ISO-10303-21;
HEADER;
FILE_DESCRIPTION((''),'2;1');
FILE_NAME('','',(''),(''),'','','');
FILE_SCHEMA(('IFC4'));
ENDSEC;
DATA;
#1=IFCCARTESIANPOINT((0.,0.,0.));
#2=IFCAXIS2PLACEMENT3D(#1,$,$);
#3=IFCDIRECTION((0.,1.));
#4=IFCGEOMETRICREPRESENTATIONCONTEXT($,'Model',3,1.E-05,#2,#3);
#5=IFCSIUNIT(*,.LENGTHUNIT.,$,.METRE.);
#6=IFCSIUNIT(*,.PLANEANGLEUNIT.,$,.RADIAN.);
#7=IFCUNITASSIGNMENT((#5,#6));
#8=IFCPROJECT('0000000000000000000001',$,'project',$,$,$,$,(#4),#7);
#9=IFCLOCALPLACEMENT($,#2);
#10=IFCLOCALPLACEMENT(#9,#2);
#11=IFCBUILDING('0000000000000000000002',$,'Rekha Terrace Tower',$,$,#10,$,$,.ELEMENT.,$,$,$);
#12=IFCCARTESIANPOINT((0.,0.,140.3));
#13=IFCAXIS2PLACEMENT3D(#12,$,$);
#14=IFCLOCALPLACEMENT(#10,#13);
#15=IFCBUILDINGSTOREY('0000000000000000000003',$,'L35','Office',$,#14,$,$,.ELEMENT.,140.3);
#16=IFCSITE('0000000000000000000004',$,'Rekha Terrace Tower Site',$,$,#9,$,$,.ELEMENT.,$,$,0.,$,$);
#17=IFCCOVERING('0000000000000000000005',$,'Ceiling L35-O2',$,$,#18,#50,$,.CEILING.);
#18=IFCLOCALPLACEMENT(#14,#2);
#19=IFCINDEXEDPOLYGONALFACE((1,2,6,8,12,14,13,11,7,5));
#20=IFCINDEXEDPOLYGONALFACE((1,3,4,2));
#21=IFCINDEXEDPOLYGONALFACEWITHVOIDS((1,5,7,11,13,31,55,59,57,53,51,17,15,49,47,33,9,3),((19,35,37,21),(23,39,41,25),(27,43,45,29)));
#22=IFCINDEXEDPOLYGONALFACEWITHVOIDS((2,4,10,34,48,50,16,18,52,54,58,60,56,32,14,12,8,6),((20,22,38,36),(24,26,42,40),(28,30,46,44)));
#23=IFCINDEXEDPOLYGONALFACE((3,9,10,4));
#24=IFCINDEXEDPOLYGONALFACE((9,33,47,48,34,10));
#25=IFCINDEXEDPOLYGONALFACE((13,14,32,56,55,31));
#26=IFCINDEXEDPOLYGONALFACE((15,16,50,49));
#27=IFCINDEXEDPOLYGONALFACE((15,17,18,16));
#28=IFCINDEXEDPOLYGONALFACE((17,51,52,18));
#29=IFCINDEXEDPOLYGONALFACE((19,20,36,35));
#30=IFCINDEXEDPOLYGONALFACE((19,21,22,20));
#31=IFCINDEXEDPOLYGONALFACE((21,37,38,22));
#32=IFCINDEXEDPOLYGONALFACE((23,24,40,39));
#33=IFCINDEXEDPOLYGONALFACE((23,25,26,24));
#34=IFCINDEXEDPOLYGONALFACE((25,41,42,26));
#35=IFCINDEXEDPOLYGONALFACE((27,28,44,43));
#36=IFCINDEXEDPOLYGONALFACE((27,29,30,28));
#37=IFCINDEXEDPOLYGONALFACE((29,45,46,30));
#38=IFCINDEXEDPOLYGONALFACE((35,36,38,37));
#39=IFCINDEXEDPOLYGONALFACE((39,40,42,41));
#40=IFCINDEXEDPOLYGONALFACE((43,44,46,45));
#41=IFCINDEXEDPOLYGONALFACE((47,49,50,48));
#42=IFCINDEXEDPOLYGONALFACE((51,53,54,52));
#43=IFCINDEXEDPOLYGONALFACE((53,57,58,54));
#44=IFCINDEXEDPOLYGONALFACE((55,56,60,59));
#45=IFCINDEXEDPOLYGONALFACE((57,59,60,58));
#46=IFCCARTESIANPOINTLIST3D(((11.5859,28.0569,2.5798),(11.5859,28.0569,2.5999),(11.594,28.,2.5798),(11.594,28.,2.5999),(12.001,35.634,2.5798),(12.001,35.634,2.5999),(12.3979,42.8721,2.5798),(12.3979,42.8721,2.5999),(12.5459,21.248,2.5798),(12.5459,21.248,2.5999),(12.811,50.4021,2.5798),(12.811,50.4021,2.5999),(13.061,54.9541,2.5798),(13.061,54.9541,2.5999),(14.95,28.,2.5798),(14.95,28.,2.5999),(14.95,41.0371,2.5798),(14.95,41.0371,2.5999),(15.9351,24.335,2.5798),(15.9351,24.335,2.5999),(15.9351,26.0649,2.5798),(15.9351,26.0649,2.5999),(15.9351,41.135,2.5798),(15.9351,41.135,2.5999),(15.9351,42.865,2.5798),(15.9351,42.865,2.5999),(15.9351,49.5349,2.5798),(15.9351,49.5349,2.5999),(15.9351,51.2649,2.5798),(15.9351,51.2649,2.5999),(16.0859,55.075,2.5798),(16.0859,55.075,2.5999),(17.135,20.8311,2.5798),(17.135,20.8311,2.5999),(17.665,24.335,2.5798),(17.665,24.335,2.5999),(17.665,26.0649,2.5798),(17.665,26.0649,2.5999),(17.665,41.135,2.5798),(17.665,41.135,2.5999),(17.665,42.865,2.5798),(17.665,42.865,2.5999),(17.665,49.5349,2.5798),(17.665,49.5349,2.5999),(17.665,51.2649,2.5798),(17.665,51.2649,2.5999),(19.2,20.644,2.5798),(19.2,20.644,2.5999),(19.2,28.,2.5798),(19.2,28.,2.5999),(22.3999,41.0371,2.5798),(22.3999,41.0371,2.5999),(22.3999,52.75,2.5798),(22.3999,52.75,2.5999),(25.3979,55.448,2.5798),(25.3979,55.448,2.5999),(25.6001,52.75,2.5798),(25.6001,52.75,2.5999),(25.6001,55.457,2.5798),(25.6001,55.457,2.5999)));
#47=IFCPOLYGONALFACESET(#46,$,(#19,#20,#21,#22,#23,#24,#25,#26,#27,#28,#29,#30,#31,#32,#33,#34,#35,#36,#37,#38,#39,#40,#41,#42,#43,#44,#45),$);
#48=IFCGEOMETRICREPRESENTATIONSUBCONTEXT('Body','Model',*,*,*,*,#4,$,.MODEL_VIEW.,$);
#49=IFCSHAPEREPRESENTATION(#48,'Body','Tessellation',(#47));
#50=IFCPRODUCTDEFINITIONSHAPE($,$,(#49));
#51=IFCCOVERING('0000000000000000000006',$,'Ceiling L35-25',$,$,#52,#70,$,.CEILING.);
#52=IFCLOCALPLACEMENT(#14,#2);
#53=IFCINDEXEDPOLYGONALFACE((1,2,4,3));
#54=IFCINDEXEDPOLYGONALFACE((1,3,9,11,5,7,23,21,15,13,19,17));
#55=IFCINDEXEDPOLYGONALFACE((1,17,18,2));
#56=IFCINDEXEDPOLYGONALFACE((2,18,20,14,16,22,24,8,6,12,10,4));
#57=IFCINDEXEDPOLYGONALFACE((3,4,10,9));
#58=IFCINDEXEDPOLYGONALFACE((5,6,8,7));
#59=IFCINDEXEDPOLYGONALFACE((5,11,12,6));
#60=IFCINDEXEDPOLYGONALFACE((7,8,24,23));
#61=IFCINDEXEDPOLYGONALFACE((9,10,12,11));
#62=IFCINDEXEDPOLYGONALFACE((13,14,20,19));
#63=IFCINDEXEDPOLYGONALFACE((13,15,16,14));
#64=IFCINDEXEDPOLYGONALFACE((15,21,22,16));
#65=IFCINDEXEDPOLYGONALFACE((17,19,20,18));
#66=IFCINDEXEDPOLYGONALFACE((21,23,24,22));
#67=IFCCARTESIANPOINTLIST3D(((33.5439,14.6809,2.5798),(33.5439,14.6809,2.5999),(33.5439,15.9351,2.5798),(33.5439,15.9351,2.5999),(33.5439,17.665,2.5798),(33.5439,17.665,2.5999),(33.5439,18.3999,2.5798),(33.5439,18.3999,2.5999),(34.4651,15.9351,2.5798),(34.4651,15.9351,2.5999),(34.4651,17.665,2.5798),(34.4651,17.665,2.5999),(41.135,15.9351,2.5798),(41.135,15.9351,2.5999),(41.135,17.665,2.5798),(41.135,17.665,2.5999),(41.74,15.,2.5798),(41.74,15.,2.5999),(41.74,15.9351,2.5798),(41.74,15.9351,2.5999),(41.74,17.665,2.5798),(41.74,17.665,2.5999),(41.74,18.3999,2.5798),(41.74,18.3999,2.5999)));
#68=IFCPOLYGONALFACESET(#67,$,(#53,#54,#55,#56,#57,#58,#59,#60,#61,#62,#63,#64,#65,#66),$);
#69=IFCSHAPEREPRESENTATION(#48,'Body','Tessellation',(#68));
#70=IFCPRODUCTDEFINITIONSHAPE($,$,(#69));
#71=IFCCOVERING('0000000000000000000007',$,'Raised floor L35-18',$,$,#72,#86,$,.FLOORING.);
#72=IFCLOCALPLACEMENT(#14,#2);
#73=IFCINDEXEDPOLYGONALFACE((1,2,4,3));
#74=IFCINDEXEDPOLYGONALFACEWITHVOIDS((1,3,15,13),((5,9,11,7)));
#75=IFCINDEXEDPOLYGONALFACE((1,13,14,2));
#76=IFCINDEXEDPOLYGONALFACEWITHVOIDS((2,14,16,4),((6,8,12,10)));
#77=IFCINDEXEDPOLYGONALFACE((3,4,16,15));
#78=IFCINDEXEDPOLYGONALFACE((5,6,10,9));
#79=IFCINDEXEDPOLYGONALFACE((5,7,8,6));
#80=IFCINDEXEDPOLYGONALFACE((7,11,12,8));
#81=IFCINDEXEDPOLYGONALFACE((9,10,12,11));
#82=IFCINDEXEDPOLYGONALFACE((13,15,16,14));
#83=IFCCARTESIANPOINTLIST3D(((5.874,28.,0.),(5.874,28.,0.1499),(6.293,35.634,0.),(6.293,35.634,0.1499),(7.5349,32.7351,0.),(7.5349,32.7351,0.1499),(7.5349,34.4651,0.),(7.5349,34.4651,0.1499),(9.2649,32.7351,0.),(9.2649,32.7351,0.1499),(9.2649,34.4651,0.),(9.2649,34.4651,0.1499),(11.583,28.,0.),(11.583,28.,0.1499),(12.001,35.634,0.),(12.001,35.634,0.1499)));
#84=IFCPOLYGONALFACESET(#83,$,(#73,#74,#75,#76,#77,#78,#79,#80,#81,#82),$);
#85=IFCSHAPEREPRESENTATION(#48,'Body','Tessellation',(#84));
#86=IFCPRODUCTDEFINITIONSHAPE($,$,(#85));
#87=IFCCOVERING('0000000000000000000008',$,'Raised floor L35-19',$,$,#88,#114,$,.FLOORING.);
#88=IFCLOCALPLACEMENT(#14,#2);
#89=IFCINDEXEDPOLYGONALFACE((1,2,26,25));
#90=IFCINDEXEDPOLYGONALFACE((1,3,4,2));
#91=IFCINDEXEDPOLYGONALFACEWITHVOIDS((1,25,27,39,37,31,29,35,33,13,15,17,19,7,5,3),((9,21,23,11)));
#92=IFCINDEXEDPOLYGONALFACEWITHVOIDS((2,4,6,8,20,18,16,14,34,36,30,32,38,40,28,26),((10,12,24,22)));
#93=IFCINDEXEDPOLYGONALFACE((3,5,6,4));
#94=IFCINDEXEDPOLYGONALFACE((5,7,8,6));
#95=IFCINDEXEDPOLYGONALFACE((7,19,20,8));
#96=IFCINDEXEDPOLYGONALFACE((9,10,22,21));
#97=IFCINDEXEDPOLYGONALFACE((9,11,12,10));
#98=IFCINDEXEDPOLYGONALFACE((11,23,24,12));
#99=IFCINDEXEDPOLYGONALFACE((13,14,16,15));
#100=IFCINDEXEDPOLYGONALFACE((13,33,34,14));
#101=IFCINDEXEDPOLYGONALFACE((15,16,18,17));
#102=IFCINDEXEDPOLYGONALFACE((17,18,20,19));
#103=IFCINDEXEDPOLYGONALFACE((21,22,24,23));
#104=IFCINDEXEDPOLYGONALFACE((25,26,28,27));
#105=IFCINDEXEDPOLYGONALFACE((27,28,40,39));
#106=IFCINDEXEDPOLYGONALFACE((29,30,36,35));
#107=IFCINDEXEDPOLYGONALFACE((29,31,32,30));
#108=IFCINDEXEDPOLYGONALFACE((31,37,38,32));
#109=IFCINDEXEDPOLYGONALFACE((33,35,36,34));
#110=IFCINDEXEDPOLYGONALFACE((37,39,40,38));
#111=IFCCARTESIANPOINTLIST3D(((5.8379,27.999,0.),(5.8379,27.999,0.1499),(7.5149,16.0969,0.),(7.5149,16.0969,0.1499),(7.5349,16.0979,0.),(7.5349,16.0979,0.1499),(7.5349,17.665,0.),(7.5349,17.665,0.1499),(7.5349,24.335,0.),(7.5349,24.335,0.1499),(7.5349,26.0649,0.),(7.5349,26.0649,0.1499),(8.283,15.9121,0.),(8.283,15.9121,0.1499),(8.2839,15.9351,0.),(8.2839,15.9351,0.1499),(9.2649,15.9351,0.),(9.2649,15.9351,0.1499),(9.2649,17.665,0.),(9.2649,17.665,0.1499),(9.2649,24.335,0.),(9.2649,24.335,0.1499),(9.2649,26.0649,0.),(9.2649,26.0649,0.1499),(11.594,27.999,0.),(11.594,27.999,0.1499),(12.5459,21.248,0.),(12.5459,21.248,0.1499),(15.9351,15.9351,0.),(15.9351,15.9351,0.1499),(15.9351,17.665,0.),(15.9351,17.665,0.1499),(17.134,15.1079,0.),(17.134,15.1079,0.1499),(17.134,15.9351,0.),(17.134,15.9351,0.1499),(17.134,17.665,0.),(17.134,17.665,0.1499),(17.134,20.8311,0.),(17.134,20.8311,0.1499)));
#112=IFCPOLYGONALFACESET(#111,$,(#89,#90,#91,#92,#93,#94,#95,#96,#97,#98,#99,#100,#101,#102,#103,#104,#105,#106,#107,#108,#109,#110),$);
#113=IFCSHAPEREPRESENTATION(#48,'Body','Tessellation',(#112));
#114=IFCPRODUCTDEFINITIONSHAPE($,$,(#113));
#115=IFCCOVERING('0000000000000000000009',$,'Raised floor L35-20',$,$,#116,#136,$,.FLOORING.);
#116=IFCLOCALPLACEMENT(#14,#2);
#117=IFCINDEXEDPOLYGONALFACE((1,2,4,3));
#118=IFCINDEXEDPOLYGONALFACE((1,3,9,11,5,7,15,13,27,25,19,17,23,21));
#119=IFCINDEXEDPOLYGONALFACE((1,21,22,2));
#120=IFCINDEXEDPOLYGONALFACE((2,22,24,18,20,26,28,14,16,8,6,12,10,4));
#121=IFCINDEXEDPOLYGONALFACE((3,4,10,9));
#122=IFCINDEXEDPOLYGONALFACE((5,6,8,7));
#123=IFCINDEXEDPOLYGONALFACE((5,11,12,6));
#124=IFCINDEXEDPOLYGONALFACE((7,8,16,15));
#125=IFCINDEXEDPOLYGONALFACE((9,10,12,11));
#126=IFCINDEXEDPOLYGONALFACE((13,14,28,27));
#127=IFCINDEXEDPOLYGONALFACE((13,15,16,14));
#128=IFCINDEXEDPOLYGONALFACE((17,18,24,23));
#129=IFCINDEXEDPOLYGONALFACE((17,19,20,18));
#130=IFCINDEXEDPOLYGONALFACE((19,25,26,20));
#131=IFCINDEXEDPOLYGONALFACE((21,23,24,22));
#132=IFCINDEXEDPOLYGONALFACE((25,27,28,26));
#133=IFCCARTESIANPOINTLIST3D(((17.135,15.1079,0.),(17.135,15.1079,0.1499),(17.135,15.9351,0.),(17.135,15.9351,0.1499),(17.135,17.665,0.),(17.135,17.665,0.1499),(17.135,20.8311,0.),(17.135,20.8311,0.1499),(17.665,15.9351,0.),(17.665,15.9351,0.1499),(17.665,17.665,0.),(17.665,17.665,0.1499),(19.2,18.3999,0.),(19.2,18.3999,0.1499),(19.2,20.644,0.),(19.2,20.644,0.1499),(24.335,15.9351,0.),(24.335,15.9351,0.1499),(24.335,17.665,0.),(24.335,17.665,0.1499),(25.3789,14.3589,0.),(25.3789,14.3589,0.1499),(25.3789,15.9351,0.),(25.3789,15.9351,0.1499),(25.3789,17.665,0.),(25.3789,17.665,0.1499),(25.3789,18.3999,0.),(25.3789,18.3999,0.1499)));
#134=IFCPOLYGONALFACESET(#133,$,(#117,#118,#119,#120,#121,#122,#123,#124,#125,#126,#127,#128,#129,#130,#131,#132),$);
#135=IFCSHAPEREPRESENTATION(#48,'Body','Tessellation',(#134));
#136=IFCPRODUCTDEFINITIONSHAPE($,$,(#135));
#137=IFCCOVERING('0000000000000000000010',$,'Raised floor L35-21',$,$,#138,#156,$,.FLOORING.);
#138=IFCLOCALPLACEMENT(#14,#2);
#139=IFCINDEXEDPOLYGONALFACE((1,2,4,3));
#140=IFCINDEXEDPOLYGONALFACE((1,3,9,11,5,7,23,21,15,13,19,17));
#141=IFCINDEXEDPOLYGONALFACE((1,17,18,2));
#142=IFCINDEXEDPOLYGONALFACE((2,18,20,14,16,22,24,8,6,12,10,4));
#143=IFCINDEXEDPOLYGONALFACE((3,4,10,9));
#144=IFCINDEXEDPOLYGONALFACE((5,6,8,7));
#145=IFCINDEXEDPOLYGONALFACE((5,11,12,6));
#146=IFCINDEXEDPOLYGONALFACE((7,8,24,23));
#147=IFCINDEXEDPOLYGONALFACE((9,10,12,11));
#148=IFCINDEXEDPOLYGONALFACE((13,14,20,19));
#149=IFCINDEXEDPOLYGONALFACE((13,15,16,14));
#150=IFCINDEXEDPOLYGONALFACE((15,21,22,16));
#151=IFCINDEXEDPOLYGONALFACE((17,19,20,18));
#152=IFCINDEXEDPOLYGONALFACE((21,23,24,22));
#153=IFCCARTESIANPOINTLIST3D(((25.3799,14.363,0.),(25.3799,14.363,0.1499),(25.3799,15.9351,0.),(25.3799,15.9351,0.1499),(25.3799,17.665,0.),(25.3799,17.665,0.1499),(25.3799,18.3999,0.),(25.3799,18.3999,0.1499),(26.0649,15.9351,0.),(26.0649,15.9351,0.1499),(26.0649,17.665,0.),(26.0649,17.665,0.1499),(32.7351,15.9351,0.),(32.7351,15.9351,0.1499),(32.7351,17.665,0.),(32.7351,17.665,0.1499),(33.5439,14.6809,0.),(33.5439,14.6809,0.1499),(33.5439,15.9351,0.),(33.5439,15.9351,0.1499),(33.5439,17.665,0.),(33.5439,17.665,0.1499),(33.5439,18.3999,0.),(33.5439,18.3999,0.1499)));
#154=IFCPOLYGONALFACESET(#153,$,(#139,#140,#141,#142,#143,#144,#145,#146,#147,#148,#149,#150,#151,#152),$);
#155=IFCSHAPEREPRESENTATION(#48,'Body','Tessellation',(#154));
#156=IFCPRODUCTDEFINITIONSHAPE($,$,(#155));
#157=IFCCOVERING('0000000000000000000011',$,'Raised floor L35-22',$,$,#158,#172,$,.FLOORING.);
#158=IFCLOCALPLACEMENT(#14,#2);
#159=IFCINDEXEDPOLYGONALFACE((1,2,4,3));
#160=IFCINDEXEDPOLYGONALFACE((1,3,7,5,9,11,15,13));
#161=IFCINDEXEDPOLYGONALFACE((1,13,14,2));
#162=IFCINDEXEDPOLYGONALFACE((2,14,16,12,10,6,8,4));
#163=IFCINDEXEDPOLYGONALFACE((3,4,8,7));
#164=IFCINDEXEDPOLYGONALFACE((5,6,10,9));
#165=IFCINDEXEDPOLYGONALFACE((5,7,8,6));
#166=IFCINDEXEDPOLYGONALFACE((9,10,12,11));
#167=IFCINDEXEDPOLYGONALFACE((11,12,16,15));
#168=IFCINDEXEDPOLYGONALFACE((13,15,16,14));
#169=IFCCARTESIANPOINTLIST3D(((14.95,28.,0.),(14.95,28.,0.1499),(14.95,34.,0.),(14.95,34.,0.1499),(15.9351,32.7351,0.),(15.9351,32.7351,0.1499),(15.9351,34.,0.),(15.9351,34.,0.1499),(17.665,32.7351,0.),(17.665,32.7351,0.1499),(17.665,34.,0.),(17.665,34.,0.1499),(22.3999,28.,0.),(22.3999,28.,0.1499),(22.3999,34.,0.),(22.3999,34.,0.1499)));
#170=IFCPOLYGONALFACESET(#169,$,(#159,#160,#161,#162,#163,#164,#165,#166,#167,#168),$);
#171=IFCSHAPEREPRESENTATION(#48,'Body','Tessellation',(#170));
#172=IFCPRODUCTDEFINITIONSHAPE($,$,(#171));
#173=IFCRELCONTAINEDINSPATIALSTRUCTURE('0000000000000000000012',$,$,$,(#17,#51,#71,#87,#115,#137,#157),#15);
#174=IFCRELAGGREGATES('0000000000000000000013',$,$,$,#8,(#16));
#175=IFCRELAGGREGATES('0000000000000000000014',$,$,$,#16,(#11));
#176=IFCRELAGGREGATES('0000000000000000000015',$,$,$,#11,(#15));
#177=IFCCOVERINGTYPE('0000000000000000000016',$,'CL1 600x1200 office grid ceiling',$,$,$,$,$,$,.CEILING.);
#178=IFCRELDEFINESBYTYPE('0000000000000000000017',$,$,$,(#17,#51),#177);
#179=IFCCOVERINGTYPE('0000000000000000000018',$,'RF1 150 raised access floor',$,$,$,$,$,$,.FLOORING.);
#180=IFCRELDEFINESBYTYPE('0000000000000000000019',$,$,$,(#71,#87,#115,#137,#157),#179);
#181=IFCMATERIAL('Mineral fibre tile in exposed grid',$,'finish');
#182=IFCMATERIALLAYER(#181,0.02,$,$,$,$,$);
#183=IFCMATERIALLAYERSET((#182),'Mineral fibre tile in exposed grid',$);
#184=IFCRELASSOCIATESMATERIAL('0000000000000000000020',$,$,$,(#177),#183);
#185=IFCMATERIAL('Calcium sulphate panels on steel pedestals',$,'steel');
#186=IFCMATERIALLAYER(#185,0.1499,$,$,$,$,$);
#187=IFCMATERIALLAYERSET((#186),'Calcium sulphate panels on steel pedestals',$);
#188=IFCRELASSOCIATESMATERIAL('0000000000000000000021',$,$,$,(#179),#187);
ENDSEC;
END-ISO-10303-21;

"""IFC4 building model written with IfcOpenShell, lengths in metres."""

from ifc_helpers import new_model, si_unit, direction, frame, origin, place, context, subcontext, project, spatial, polyline, outline, extrude, material, layer, layer_set, type_object, element, save


model = new_model("IFC4")

# Units and contexts
model_context = context("Model", 3, precision=1e-05, world=origin(), true_north=direction((0.0, 1.0)))
body_context = subcontext(model_context, "Body", "Model", "MODEL_VIEW")
ifc_project = project(units=[si_unit("LENGTHUNIT", "METRE"), si_unit("PLANEANGLEUNIT", "RADIAN")], contexts=[model_context])

# Site, building, storey
site_placement = place(None, origin())
site = spatial("IfcSite", under=ifc_project, at=site_placement, Name="Rekha Terrace Tower Site", CompositionType="ELEMENT", RefElevation=0.0)
building_placement = place(site_placement, origin())
building = spatial("IfcBuilding", under=site, at=building_placement, Name="Rekha Terrace Tower", CompositionType="ELEMENT")
storey_placement = place(building_placement, frame((0.0, 0.0, 140.3)))
storey = spatial("IfcBuildingStorey", under=building, at=storey_placement, Name="L35", Description="Office", CompositionType="ELEMENT", Elevation=140.3)

# Coverings
ifc_material_1 = material(Name="Mineral fibre tile in exposed grid", Category="finish")
ifc_layer_1 = layer(ifc_material_1, 0.02)
ifc_layer_set_1 = layer_set([ifc_layer_1], Name="Mineral fibre tile in exposed grid")
covering_type_1 = type_object("IfcCoveringType", Name="CL1 600x1200 office grid ceiling", PredefinedType="CEILING", material=ifc_layer_set_1)
covering_1_placement = place(storey_placement, frame((0.0, 0.0, 2.5798)))
element("IfcCovering", 1, at=covering_1_placement, inside=storey, type_object=covering_type_1, Name="Ceiling L35-O2", PredefinedType="CEILING", context=body_context, shape_type="SweptSolid", body=[
    extrude(outline(polyline([(11.5859, 28.0569), (11.594, 28.0), (12.5459, 21.248), (17.135, 20.8311), (19.2, 20.644), (19.2, 28.0), (14.95, 28.0), (14.95, 41.0371), (22.3999, 41.0371), (22.3999, 52.75), (25.6001, 52.75), (25.6001, 55.457), (25.3979, 55.448), (16.0859, 55.075), (13.061, 54.9541), (12.811, 50.4021), (12.3979, 42.8721), (12.001, 35.634), (11.5859, 28.0569)]), holes=[polyline([(17.665, 26.0649), (17.665, 24.335), (15.9351, 24.335), (15.9351, 26.0649), (17.665, 26.0649)]), polyline([(17.665, 41.135), (15.9351, 41.135), (15.9351, 42.865), (17.665, 42.865), (17.665, 41.135)]), polyline([(17.665, 49.5349), (15.9351, 49.5349), (15.9351, 51.2649), (17.665, 51.2649), (17.665, 49.5349)])]), origin(), (0.0, 0.0, 1.0), 0.02),
])
covering_2_placement = place(storey_placement, frame((0.0, 0.0, 2.5798)))
element("IfcCovering", 2, at=covering_2_placement, inside=storey, type_object=covering_type_1, Name="Ceiling L35-25", PredefinedType="CEILING", context=body_context, shape_type="SweptSolid", body=[
    extrude(outline(polyline([(41.135, 17.665), (41.74, 17.665), (41.74, 18.3999), (33.5439, 18.3999), (33.5439, 17.665), (34.4651, 17.665), (34.4651, 15.9351), (33.5439, 15.9351), (33.5439, 14.6809), (41.74, 15.0), (41.74, 15.9351), (41.135, 15.9351), (41.135, 17.665)])), origin(), (0.0, 0.0, 1.0), 0.02),
])
ifc_material_2 = material(Name="Calcium sulphate panels on steel pedestals", Category="steel")
ifc_layer_2 = layer(ifc_material_2, 0.1499)
ifc_layer_set_2 = layer_set([ifc_layer_2], Name="Calcium sulphate panels on steel pedestals")
covering_type_2 = type_object("IfcCoveringType", Name="RF1 150 raised access floor", PredefinedType="FLOORING", material=ifc_layer_set_2)
covering_3_placement = place(storey_placement, origin())
element("IfcCovering", 3, at=covering_3_placement, inside=storey, type_object=covering_type_2, Name="Raised floor L35-18", PredefinedType="FLOORING", context=body_context, shape_type="SweptSolid", body=[
    extrude(outline(polyline([(5.874, 28.0), (11.583, 28.0), (12.001, 35.634), (6.293, 35.634), (5.874, 28.0)]), holes=[polyline([(9.2649, 32.7351), (7.5349, 32.7351), (7.5349, 34.4651), (9.2649, 34.4651), (9.2649, 32.7351)])]), origin(), (0.0, 0.0, 1.0), 0.1499),
])
covering_4_placement = place(storey_placement, origin())
element("IfcCovering", 4, at=covering_4_placement, inside=storey, type_object=covering_type_2, Name="Raised floor L35-19", PredefinedType="FLOORING", context=body_context, shape_type="SweptSolid", body=[
    extrude(outline(polyline([(7.5149, 16.0969), (7.5349, 16.0979), (7.5349, 17.665), (9.2649, 17.665), (9.2649, 15.9351), (8.2839, 15.9351), (8.283, 15.9121), (17.134, 15.1079), (17.134, 15.9351), (15.9351, 15.9351), (15.9351, 17.665), (17.134, 17.665), (17.134, 20.8311), (12.5459, 21.248), (11.594, 27.999), (5.8379, 27.999), (7.5149, 16.0969)]), holes=[polyline([(9.2649, 24.335), (7.5349, 24.335), (7.5349, 26.0649), (9.2649, 26.0649), (9.2649, 24.335)])]), origin(), (0.0, 0.0, 1.0), 0.1499),
])
covering_5_placement = place(storey_placement, origin())
element("IfcCovering", 5, at=covering_5_placement, inside=storey, type_object=covering_type_2, Name="Raised floor L35-20", PredefinedType="FLOORING", context=body_context, shape_type="SweptSolid", body=[
    extrude(outline(polyline([(17.665, 15.9351), (17.135, 15.9351), (17.135, 15.1079), (25.3789, 14.3589), (25.3789, 15.9351), (24.335, 15.9351), (24.335, 17.665), (25.3789, 17.665), (25.3789, 18.3999), (19.2, 18.3999), (19.2, 20.644), (17.135, 20.8311), (17.135, 17.665), (17.665, 17.665), (17.665, 15.9351)])), origin(), (0.0, 0.0, 1.0), 0.1499),
])
covering_6_placement = place(storey_placement, origin())
element("IfcCovering", 6, at=covering_6_placement, inside=storey, type_object=covering_type_2, Name="Raised floor L35-21", PredefinedType="FLOORING", context=body_context, shape_type="SweptSolid", body=[
    extrude(outline(polyline([(25.3799, 15.9351), (25.3799, 14.363), (33.5439, 14.6809), (33.5439, 15.9351), (32.7351, 15.9351), (32.7351, 17.665), (33.5439, 17.665), (33.5439, 18.3999), (25.3799, 18.3999), (25.3799, 17.665), (26.0649, 17.665), (26.0649, 15.9351), (25.3799, 15.9351)])), origin(), (0.0, 0.0, 1.0), 0.1499),
])
covering_7_placement = place(storey_placement, origin())
element("IfcCovering", 7, at=covering_7_placement, inside=storey, type_object=covering_type_2, Name="Raised floor L35-22", PredefinedType="FLOORING", context=body_context, shape_type="SweptSolid", body=[
    extrude(outline(polyline([(15.9351, 34.0), (14.95, 34.0), (14.95, 28.0), (22.3999, 28.0), (22.3999, 34.0), (17.665, 34.0), (17.665, 32.7351), (15.9351, 32.7351), (15.9351, 34.0)])), origin(), (0.0, 0.0, 1.0), 0.1499),
])

save(model, "model.ifc")
